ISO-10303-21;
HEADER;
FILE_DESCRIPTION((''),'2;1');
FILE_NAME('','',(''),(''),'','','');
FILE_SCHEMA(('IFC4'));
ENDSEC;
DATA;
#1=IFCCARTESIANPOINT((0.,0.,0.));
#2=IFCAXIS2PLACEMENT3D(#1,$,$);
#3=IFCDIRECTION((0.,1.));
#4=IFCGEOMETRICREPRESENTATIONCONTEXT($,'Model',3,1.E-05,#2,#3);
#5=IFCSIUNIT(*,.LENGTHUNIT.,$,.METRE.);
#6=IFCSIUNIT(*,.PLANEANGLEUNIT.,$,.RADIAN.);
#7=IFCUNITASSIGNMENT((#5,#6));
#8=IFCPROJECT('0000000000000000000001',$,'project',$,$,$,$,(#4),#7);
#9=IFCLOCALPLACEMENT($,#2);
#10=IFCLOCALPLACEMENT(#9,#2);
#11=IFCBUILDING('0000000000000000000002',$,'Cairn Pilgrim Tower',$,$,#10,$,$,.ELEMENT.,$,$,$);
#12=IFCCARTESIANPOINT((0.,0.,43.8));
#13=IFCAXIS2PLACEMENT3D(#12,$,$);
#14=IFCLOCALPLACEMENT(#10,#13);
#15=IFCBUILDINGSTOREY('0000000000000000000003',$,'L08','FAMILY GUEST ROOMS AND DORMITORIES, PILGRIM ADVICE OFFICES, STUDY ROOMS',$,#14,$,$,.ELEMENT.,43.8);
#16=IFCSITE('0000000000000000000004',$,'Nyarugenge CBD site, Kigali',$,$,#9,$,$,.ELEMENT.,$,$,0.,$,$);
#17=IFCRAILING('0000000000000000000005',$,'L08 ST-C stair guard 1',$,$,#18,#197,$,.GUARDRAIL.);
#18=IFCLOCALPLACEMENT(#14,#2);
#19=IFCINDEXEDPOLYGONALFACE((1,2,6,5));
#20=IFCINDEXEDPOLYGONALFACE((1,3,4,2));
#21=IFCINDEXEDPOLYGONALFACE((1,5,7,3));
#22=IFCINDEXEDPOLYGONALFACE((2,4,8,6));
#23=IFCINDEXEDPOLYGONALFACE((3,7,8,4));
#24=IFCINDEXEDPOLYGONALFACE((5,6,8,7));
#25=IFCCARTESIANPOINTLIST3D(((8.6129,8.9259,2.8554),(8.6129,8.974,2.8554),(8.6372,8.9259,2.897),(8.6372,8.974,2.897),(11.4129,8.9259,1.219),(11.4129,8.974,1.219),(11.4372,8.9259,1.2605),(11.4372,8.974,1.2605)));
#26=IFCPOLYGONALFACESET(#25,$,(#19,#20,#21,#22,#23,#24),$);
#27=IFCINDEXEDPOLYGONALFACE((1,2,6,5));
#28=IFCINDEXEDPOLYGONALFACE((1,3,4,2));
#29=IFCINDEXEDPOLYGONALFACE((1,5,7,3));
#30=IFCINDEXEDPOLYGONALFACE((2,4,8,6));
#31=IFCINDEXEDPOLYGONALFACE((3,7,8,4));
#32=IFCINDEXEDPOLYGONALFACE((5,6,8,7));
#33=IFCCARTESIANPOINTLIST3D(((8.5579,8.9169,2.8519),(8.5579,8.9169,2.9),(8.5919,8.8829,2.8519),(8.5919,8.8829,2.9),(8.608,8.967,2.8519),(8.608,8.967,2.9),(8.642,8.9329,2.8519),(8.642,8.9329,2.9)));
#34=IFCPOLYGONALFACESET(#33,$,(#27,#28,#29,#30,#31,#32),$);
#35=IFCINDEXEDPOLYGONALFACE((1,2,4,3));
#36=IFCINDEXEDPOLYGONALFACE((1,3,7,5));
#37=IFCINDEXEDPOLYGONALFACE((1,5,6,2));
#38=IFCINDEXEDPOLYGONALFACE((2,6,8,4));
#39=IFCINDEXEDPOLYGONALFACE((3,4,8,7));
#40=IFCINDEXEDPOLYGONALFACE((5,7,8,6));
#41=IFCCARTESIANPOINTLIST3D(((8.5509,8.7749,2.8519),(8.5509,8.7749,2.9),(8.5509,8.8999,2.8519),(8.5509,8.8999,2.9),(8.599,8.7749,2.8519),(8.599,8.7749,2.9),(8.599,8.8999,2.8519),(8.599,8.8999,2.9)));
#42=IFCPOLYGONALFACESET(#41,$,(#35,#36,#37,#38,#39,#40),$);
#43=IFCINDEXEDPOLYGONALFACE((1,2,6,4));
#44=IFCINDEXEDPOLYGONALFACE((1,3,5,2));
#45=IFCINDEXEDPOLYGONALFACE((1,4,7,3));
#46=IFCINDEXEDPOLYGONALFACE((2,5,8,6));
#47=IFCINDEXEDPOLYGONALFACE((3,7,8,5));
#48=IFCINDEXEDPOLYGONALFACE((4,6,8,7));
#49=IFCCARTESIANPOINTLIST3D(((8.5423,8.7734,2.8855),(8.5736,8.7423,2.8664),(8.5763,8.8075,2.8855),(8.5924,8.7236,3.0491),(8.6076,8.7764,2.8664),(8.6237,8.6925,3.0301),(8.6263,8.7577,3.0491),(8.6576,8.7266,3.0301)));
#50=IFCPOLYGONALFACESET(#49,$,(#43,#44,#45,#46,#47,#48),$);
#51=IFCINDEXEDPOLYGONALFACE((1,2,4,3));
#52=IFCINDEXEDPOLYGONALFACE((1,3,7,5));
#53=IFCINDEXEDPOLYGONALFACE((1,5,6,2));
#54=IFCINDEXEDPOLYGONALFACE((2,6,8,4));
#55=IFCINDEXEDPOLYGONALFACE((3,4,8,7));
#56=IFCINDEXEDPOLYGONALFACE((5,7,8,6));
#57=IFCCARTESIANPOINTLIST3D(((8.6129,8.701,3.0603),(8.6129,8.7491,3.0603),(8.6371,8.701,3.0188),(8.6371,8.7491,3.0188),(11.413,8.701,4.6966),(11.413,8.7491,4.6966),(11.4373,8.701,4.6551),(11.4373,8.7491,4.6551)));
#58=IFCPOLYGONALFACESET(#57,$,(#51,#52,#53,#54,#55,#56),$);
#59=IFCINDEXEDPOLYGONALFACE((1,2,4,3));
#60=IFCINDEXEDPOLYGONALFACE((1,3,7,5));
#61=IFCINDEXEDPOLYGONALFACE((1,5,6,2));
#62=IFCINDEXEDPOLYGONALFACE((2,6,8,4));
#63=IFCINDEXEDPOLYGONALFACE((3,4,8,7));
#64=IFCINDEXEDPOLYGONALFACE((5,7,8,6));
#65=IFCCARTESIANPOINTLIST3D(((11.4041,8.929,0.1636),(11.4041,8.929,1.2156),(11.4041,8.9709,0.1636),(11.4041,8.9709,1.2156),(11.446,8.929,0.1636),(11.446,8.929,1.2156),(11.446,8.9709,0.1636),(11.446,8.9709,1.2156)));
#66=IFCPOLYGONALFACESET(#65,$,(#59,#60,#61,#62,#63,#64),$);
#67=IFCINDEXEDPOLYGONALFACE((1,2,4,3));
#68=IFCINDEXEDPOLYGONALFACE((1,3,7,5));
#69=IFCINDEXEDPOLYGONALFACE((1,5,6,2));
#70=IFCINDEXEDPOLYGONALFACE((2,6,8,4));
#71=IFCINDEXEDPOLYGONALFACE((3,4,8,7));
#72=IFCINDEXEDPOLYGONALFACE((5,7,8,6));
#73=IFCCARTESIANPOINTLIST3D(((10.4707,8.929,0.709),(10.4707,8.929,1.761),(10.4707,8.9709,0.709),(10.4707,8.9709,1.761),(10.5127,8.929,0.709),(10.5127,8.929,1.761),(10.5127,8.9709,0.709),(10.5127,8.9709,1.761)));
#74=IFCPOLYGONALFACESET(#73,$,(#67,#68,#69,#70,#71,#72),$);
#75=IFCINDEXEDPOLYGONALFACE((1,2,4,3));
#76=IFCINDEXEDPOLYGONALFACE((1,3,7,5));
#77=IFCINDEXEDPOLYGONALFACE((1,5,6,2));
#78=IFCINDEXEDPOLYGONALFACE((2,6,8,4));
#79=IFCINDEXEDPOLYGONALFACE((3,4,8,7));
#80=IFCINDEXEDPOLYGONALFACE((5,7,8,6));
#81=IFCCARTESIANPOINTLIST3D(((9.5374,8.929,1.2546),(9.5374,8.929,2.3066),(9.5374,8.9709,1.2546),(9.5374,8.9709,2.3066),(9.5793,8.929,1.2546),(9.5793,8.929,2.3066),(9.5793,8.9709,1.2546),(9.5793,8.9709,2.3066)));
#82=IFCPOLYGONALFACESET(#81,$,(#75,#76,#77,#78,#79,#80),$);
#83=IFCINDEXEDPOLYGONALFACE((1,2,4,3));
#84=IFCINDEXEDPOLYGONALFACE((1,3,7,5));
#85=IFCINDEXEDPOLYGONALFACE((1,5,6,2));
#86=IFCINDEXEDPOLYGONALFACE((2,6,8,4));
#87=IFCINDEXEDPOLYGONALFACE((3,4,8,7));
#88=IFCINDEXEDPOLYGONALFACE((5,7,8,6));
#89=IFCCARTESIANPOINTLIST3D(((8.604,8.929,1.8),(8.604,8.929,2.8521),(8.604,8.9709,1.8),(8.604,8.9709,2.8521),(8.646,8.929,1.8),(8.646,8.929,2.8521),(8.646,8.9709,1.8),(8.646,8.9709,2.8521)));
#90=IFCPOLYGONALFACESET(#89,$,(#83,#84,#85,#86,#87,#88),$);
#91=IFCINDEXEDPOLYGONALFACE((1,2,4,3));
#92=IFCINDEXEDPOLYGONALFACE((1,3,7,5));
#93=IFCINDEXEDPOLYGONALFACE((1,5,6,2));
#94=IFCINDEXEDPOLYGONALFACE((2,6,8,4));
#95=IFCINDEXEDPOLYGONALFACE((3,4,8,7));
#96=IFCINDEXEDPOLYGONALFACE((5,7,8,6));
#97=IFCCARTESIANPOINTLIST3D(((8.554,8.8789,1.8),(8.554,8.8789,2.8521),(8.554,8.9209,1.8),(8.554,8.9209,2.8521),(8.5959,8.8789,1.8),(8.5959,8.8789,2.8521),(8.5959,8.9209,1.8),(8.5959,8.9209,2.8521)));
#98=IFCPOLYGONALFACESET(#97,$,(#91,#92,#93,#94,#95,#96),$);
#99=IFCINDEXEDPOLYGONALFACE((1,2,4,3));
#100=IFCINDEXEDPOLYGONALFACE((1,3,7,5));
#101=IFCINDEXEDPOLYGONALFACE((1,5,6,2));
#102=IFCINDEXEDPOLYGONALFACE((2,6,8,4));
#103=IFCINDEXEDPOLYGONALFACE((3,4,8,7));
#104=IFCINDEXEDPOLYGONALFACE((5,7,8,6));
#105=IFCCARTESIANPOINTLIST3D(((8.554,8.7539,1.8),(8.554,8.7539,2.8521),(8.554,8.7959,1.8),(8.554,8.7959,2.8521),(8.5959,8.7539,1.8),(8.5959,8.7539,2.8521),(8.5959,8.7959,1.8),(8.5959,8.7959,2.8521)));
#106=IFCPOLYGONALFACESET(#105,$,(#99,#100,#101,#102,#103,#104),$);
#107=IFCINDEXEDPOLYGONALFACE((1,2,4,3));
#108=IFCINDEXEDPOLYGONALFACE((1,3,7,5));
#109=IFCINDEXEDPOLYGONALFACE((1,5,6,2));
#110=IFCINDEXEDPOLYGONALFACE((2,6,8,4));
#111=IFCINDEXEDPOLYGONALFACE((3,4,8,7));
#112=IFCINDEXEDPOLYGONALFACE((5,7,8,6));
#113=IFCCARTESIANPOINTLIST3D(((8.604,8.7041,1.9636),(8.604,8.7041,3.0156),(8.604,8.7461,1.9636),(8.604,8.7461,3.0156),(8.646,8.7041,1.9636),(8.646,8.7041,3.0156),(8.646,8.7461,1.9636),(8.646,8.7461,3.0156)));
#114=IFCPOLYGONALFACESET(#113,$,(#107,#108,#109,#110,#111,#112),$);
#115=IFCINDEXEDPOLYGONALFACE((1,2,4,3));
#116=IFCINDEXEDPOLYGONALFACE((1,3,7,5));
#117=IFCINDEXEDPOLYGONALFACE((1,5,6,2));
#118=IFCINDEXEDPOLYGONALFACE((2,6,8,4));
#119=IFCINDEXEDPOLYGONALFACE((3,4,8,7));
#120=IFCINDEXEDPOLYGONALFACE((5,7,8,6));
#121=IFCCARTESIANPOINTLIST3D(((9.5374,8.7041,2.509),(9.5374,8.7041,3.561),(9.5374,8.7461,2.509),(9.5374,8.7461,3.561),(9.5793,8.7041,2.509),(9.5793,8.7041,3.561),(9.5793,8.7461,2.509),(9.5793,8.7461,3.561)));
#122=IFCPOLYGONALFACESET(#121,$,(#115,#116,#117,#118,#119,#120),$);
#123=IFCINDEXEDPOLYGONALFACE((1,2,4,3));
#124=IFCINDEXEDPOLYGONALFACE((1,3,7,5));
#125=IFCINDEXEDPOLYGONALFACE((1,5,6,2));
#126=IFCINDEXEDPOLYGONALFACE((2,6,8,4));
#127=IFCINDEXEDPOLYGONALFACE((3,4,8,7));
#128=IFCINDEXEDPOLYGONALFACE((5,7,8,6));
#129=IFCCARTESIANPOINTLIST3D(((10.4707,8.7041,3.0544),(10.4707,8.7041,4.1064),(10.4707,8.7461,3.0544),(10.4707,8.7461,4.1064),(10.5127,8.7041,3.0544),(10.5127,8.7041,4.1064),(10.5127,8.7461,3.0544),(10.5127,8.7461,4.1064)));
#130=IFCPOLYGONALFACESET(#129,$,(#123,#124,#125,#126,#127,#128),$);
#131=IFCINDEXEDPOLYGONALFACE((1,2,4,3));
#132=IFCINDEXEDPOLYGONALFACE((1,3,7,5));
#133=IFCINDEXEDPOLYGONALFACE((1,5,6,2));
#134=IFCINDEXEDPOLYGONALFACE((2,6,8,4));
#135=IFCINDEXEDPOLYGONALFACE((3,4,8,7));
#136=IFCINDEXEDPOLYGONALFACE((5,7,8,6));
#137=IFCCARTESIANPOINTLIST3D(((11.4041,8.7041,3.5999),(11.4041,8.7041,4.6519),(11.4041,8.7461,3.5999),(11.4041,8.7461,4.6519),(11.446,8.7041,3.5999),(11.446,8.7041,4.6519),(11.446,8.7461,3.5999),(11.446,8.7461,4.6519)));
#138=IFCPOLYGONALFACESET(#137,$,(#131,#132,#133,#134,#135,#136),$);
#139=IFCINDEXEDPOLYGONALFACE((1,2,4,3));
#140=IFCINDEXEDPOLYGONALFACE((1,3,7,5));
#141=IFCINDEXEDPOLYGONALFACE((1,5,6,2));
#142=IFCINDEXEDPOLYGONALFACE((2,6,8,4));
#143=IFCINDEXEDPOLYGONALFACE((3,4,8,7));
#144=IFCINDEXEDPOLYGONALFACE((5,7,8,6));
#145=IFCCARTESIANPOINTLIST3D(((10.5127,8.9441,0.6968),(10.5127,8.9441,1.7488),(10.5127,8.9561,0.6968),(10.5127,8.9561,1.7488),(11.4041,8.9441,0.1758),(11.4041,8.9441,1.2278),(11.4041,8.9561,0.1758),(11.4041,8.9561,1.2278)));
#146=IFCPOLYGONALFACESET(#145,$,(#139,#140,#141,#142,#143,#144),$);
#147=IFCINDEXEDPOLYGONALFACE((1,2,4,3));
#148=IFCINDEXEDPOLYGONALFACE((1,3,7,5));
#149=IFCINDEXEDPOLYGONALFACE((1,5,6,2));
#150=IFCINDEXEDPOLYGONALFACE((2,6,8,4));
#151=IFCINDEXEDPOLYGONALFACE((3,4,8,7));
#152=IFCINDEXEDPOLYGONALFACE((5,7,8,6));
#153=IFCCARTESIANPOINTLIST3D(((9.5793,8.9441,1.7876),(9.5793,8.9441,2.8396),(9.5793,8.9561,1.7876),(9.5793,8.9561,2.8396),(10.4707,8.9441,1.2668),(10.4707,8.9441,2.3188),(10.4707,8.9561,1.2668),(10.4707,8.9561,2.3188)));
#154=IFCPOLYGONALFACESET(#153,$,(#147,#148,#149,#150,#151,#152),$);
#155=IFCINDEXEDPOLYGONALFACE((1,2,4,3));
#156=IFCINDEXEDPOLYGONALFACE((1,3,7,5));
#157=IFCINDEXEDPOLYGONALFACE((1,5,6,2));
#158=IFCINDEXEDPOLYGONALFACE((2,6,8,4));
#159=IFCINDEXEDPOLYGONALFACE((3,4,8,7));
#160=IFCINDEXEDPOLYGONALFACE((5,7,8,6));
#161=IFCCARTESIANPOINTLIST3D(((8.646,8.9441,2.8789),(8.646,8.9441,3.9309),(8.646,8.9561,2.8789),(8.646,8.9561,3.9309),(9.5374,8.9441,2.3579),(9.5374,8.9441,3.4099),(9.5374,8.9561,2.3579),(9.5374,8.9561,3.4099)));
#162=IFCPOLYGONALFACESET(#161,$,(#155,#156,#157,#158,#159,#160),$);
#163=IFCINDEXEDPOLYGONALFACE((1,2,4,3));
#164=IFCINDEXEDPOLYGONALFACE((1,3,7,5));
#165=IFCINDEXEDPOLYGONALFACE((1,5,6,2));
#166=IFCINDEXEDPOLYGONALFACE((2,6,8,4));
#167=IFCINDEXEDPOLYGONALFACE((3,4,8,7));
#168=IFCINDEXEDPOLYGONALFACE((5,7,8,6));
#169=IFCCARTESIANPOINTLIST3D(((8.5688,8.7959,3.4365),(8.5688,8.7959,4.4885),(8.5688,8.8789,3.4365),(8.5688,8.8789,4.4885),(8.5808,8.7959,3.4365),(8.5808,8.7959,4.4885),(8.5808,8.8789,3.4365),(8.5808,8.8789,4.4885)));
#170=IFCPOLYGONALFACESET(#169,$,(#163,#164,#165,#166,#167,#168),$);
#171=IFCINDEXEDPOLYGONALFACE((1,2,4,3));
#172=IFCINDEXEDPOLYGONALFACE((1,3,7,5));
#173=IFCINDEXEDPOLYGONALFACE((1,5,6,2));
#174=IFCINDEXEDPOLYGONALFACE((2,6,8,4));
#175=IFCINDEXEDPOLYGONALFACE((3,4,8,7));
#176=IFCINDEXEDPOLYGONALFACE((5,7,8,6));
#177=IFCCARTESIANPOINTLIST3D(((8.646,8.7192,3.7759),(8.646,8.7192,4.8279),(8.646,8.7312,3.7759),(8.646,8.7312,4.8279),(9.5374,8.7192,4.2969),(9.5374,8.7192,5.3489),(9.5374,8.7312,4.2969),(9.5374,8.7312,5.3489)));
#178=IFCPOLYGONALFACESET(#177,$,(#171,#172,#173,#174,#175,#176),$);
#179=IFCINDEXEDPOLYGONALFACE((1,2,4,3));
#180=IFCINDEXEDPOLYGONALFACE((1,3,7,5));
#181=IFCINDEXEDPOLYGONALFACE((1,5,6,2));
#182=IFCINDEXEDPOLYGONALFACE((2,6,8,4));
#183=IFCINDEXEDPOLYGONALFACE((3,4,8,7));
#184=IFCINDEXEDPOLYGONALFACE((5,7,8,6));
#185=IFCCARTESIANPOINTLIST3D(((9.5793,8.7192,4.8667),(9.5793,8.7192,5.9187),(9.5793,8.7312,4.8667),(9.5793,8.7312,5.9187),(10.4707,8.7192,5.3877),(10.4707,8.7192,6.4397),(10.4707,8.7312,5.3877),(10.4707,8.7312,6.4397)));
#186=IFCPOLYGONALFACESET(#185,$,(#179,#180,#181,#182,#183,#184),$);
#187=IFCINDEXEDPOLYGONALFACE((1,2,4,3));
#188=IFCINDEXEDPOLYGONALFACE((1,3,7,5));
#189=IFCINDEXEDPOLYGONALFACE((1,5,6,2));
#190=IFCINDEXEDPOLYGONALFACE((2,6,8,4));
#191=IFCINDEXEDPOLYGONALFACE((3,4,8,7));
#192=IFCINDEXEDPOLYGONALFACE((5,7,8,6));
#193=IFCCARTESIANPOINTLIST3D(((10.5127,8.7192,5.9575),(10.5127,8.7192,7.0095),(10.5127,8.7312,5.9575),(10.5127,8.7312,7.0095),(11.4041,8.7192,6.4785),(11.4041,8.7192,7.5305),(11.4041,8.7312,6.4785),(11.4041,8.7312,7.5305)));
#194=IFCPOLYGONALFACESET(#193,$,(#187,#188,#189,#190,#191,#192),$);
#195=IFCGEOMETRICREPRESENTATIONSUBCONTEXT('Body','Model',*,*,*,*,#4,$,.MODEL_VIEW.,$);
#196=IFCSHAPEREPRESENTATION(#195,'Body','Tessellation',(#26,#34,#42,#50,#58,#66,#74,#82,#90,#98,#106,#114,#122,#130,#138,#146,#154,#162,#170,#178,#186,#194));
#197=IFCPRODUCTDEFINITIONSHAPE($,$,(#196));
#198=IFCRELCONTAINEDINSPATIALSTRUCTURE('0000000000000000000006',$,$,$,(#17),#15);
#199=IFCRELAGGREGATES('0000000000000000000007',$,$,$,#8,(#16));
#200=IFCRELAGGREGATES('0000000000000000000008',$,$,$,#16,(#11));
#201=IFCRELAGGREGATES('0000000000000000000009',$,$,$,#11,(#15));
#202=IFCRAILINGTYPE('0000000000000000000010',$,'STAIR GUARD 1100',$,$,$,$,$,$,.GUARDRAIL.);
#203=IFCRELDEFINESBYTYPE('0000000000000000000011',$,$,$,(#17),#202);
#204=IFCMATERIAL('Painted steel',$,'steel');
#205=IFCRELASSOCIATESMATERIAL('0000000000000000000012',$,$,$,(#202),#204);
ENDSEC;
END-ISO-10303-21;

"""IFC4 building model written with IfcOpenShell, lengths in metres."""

from ifc_helpers import new_model, si_unit, direction, frame, origin, origin_2d, place, context, subcontext, project, spatial, polyline, rectangle, outline, extrude, material, type_object, element, save


model = new_model("IFC4")

# Units and contexts
model_context = context("Model", 3, precision=1e-05, world=origin(), true_north=direction((0.0, 1.0)))
body_context = subcontext(model_context, "Body", "Model", "MODEL_VIEW")
ifc_project = project(units=[si_unit("LENGTHUNIT", "METRE"), si_unit("PLANEANGLEUNIT", "RADIAN")], contexts=[model_context])

# Site, building, storey
site_placement = place(None, origin())
site = spatial("IfcSite", under=ifc_project, at=site_placement, Name="Nyarugenge CBD site, Kigali", CompositionType="ELEMENT", RefElevation=0.0)
building_placement = place(site_placement, origin())
building = spatial("IfcBuilding", under=site, at=building_placement, Name="Cairn Pilgrim Tower", CompositionType="ELEMENT")
storey_placement = place(building_placement, frame((0.0, 0.0, 43.8)))
storey = spatial("IfcBuildingStorey", under=building, at=storey_placement, Name="L08", Description="FAMILY GUEST ROOMS AND DORMITORIES, PILGRIM ADVICE OFFICES, STUDY ROOMS", CompositionType="ELEMENT", Elevation=43.8)

# Shared definitions
ifc_material_1 = material(Name="Painted steel", Category="steel")

# Railing
railing_type_1 = type_object("IfcRailingType", Name="STAIR GUARD 1100", PredefinedType="GUARDRAIL", material=ifc_material_1)
railing_1_placement = place(storey_placement, frame((11.425, 8.95, 0.1636)))
element("IfcRailing", 1, at=railing_1_placement, inside=storey, type_object=railing_type_1, Name="L08 ST-C stair guard 1", PredefinedType="GUARDRAIL", context=body_context, shape_type="SweptSolid", body=[
    extrude(rectangle(XDim=0.0481, YDim=0.0481, at=origin_2d()), frame((0.0, 0.0, 1.0762), z_axis=(-0.863361, 0.0, 0.504587), x_axis=(0.0, -1.0, 0.0)), (0.0, 0.0, 1.0), 3.2432),
    extrude(rectangle(XDim=0.0481, YDim=0.0481, at=origin_2d()), frame((-2.8, 0.0, 2.7124), z_axis=(-0.707107, -0.707107, 0.0), x_axis=(0.707107, -0.707107, 0.0)), (0.0, 0.0, 1.0), 0.0708),
    extrude(rectangle(XDim=0.0481, YDim=0.0481, at=origin_2d()), frame((-2.8501, -0.05, 2.7124), z_axis=(0.0, -1.0, 0.0), x_axis=(1.0, 0.0, 0.0)), (0.0, 0.0, 1.0), 0.125),
    extrude(rectangle(XDim=0.0481, YDim=0.0481, at=origin_2d()), frame((-2.8501, -0.175, 2.7124), z_axis=(0.280917, -0.279546, 0.918118), x_axis=(0.705376, 0.708834, 0.0)), (0.0, 0.0, 1.0), 0.1782),
    extrude(rectangle(XDim=0.0481, YDim=0.0481, at=origin_2d()), frame((-2.8, -0.2249, 2.876), z_axis=(0.863394, 0.0, 0.504531), x_axis=(0.0, 1.0, 0.0)), (0.0, 0.0, 1.0), 3.2432),
    extrude(rectangle(XDim=0.042, YDim=0.042, at=origin_2d()), origin(), (0.0, 0.0, 1.0), 1.052),
    extrude(rectangle(XDim=0.042, YDim=0.042, at=origin_2d()), frame((-0.9333, 0.0, 0.5454)), (0.0, 0.0, 1.0), 1.052),
    extrude(rectangle(XDim=0.042, YDim=0.042, at=origin_2d()), frame((-1.8667, 0.0, 1.0911)), (0.0, 0.0, 1.0), 1.052),
    extrude(rectangle(XDim=0.042, YDim=0.042, at=origin_2d()), frame((-2.8, 0.0, 1.6365)), (0.0, 0.0, 1.0), 1.052),
    extrude(rectangle(XDim=0.042, YDim=0.042, at=origin_2d()), frame((-2.8501, -0.05, 1.6365)), (0.0, 0.0, 1.0), 1.052),
    extrude(rectangle(XDim=0.042, YDim=0.042, at=origin_2d()), frame((-2.8501, -0.175, 1.6365)), (0.0, 0.0, 1.0), 1.052),
    extrude(rectangle(XDim=0.042, YDim=0.042, at=origin_2d()), frame((-2.8, -0.2249, 1.8)), (0.0, 0.0, 1.0), 1.052),
    extrude(rectangle(XDim=0.042, YDim=0.042, at=origin_2d()), frame((-1.8667, -0.2249, 2.3455)), (0.0, 0.0, 1.0), 1.052),
    extrude(rectangle(XDim=0.042, YDim=0.042, at=origin_2d()), frame((-0.9333, -0.2249, 2.8909)), (0.0, 0.0, 1.0), 1.052),
    extrude(rectangle(XDim=0.042, YDim=0.042, at=origin_2d()), frame((0.0, -0.2249, 3.4363)), (0.0, 0.0, 1.0), 1.052),
    extrude(outline(polyline([(0.021, 0.0122), (0.9124, 0.5332), (0.9124, 1.5852), (0.021, 1.0642), (0.021, 0.0122)])), frame((0.0, -0.0059, 0.0), z_axis=(0.0, 1.0, 0.0), x_axis=(-1.0, 0.0, 0.0)), (0.0, 0.0, 1.0), 0.012),
    extrude(outline(polyline([(0.021, 0.5579), (0.9124, 1.0786), (0.9124, 2.1306), (0.021, 1.6099), (0.021, 0.5579)])), frame((-0.9333, -0.0059, 0.5454), z_axis=(0.0, 1.0, 0.0), x_axis=(-1.0, 0.0, 0.0)), (0.0, 0.0, 1.0), 0.012),
    extrude(outline(polyline([(0.021, 1.1033), (0.9124, 1.6243), (0.9124, 2.6763), (0.021, 2.1553), (0.021, 1.1033)])), frame((-1.8667, -0.0059, 1.0911), z_axis=(0.0, 1.0, 0.0), x_axis=(-1.0, 0.0, 0.0)), (0.0, 0.0, 1.0), 0.012),
    extrude(outline(polyline([(0.021, 1.6365), (0.104, 1.6365), (0.104, 2.6885), (0.021, 2.6885), (0.021, 1.6365)])), frame((-2.8442, -0.05, 1.6365), z_axis=(-1.0, 0.0, 0.0), x_axis=(0.0, -1.0, 0.0)), (0.0, 0.0, 1.0), 0.012),
    extrude(outline(polyline([(0.021, 1.8123), (0.9124, 2.3333), (0.9124, 3.3853), (0.021, 2.8643), (0.021, 1.8123)])), frame((-2.8, -0.2188, 1.8), z_axis=(0.0, -1.0, 0.0), x_axis=(1.0, 0.0, 0.0)), (0.0, 0.0, 1.0), 0.012),
    extrude(outline(polyline([(0.021, 2.3577), (0.9124, 2.8787), (0.9124, 3.9307), (0.021, 3.4097), (0.021, 2.3577)])), frame((-1.8667, -0.2188, 2.3455), z_axis=(0.0, -1.0, 0.0), x_axis=(1.0, 0.0, 0.0)), (0.0, 0.0, 1.0), 0.012),
    extrude(outline(polyline([(0.021, 2.9031), (0.9124, 3.4241), (0.9124, 4.4761), (0.021, 3.9551), (0.021, 2.9031)])), frame((-0.9333, -0.2188, 2.8909), z_axis=(0.0, -1.0, 0.0), x_axis=(1.0, 0.0, 0.0)), (0.0, 0.0, 1.0), 0.012),
])

save(model, "model.ifc")
